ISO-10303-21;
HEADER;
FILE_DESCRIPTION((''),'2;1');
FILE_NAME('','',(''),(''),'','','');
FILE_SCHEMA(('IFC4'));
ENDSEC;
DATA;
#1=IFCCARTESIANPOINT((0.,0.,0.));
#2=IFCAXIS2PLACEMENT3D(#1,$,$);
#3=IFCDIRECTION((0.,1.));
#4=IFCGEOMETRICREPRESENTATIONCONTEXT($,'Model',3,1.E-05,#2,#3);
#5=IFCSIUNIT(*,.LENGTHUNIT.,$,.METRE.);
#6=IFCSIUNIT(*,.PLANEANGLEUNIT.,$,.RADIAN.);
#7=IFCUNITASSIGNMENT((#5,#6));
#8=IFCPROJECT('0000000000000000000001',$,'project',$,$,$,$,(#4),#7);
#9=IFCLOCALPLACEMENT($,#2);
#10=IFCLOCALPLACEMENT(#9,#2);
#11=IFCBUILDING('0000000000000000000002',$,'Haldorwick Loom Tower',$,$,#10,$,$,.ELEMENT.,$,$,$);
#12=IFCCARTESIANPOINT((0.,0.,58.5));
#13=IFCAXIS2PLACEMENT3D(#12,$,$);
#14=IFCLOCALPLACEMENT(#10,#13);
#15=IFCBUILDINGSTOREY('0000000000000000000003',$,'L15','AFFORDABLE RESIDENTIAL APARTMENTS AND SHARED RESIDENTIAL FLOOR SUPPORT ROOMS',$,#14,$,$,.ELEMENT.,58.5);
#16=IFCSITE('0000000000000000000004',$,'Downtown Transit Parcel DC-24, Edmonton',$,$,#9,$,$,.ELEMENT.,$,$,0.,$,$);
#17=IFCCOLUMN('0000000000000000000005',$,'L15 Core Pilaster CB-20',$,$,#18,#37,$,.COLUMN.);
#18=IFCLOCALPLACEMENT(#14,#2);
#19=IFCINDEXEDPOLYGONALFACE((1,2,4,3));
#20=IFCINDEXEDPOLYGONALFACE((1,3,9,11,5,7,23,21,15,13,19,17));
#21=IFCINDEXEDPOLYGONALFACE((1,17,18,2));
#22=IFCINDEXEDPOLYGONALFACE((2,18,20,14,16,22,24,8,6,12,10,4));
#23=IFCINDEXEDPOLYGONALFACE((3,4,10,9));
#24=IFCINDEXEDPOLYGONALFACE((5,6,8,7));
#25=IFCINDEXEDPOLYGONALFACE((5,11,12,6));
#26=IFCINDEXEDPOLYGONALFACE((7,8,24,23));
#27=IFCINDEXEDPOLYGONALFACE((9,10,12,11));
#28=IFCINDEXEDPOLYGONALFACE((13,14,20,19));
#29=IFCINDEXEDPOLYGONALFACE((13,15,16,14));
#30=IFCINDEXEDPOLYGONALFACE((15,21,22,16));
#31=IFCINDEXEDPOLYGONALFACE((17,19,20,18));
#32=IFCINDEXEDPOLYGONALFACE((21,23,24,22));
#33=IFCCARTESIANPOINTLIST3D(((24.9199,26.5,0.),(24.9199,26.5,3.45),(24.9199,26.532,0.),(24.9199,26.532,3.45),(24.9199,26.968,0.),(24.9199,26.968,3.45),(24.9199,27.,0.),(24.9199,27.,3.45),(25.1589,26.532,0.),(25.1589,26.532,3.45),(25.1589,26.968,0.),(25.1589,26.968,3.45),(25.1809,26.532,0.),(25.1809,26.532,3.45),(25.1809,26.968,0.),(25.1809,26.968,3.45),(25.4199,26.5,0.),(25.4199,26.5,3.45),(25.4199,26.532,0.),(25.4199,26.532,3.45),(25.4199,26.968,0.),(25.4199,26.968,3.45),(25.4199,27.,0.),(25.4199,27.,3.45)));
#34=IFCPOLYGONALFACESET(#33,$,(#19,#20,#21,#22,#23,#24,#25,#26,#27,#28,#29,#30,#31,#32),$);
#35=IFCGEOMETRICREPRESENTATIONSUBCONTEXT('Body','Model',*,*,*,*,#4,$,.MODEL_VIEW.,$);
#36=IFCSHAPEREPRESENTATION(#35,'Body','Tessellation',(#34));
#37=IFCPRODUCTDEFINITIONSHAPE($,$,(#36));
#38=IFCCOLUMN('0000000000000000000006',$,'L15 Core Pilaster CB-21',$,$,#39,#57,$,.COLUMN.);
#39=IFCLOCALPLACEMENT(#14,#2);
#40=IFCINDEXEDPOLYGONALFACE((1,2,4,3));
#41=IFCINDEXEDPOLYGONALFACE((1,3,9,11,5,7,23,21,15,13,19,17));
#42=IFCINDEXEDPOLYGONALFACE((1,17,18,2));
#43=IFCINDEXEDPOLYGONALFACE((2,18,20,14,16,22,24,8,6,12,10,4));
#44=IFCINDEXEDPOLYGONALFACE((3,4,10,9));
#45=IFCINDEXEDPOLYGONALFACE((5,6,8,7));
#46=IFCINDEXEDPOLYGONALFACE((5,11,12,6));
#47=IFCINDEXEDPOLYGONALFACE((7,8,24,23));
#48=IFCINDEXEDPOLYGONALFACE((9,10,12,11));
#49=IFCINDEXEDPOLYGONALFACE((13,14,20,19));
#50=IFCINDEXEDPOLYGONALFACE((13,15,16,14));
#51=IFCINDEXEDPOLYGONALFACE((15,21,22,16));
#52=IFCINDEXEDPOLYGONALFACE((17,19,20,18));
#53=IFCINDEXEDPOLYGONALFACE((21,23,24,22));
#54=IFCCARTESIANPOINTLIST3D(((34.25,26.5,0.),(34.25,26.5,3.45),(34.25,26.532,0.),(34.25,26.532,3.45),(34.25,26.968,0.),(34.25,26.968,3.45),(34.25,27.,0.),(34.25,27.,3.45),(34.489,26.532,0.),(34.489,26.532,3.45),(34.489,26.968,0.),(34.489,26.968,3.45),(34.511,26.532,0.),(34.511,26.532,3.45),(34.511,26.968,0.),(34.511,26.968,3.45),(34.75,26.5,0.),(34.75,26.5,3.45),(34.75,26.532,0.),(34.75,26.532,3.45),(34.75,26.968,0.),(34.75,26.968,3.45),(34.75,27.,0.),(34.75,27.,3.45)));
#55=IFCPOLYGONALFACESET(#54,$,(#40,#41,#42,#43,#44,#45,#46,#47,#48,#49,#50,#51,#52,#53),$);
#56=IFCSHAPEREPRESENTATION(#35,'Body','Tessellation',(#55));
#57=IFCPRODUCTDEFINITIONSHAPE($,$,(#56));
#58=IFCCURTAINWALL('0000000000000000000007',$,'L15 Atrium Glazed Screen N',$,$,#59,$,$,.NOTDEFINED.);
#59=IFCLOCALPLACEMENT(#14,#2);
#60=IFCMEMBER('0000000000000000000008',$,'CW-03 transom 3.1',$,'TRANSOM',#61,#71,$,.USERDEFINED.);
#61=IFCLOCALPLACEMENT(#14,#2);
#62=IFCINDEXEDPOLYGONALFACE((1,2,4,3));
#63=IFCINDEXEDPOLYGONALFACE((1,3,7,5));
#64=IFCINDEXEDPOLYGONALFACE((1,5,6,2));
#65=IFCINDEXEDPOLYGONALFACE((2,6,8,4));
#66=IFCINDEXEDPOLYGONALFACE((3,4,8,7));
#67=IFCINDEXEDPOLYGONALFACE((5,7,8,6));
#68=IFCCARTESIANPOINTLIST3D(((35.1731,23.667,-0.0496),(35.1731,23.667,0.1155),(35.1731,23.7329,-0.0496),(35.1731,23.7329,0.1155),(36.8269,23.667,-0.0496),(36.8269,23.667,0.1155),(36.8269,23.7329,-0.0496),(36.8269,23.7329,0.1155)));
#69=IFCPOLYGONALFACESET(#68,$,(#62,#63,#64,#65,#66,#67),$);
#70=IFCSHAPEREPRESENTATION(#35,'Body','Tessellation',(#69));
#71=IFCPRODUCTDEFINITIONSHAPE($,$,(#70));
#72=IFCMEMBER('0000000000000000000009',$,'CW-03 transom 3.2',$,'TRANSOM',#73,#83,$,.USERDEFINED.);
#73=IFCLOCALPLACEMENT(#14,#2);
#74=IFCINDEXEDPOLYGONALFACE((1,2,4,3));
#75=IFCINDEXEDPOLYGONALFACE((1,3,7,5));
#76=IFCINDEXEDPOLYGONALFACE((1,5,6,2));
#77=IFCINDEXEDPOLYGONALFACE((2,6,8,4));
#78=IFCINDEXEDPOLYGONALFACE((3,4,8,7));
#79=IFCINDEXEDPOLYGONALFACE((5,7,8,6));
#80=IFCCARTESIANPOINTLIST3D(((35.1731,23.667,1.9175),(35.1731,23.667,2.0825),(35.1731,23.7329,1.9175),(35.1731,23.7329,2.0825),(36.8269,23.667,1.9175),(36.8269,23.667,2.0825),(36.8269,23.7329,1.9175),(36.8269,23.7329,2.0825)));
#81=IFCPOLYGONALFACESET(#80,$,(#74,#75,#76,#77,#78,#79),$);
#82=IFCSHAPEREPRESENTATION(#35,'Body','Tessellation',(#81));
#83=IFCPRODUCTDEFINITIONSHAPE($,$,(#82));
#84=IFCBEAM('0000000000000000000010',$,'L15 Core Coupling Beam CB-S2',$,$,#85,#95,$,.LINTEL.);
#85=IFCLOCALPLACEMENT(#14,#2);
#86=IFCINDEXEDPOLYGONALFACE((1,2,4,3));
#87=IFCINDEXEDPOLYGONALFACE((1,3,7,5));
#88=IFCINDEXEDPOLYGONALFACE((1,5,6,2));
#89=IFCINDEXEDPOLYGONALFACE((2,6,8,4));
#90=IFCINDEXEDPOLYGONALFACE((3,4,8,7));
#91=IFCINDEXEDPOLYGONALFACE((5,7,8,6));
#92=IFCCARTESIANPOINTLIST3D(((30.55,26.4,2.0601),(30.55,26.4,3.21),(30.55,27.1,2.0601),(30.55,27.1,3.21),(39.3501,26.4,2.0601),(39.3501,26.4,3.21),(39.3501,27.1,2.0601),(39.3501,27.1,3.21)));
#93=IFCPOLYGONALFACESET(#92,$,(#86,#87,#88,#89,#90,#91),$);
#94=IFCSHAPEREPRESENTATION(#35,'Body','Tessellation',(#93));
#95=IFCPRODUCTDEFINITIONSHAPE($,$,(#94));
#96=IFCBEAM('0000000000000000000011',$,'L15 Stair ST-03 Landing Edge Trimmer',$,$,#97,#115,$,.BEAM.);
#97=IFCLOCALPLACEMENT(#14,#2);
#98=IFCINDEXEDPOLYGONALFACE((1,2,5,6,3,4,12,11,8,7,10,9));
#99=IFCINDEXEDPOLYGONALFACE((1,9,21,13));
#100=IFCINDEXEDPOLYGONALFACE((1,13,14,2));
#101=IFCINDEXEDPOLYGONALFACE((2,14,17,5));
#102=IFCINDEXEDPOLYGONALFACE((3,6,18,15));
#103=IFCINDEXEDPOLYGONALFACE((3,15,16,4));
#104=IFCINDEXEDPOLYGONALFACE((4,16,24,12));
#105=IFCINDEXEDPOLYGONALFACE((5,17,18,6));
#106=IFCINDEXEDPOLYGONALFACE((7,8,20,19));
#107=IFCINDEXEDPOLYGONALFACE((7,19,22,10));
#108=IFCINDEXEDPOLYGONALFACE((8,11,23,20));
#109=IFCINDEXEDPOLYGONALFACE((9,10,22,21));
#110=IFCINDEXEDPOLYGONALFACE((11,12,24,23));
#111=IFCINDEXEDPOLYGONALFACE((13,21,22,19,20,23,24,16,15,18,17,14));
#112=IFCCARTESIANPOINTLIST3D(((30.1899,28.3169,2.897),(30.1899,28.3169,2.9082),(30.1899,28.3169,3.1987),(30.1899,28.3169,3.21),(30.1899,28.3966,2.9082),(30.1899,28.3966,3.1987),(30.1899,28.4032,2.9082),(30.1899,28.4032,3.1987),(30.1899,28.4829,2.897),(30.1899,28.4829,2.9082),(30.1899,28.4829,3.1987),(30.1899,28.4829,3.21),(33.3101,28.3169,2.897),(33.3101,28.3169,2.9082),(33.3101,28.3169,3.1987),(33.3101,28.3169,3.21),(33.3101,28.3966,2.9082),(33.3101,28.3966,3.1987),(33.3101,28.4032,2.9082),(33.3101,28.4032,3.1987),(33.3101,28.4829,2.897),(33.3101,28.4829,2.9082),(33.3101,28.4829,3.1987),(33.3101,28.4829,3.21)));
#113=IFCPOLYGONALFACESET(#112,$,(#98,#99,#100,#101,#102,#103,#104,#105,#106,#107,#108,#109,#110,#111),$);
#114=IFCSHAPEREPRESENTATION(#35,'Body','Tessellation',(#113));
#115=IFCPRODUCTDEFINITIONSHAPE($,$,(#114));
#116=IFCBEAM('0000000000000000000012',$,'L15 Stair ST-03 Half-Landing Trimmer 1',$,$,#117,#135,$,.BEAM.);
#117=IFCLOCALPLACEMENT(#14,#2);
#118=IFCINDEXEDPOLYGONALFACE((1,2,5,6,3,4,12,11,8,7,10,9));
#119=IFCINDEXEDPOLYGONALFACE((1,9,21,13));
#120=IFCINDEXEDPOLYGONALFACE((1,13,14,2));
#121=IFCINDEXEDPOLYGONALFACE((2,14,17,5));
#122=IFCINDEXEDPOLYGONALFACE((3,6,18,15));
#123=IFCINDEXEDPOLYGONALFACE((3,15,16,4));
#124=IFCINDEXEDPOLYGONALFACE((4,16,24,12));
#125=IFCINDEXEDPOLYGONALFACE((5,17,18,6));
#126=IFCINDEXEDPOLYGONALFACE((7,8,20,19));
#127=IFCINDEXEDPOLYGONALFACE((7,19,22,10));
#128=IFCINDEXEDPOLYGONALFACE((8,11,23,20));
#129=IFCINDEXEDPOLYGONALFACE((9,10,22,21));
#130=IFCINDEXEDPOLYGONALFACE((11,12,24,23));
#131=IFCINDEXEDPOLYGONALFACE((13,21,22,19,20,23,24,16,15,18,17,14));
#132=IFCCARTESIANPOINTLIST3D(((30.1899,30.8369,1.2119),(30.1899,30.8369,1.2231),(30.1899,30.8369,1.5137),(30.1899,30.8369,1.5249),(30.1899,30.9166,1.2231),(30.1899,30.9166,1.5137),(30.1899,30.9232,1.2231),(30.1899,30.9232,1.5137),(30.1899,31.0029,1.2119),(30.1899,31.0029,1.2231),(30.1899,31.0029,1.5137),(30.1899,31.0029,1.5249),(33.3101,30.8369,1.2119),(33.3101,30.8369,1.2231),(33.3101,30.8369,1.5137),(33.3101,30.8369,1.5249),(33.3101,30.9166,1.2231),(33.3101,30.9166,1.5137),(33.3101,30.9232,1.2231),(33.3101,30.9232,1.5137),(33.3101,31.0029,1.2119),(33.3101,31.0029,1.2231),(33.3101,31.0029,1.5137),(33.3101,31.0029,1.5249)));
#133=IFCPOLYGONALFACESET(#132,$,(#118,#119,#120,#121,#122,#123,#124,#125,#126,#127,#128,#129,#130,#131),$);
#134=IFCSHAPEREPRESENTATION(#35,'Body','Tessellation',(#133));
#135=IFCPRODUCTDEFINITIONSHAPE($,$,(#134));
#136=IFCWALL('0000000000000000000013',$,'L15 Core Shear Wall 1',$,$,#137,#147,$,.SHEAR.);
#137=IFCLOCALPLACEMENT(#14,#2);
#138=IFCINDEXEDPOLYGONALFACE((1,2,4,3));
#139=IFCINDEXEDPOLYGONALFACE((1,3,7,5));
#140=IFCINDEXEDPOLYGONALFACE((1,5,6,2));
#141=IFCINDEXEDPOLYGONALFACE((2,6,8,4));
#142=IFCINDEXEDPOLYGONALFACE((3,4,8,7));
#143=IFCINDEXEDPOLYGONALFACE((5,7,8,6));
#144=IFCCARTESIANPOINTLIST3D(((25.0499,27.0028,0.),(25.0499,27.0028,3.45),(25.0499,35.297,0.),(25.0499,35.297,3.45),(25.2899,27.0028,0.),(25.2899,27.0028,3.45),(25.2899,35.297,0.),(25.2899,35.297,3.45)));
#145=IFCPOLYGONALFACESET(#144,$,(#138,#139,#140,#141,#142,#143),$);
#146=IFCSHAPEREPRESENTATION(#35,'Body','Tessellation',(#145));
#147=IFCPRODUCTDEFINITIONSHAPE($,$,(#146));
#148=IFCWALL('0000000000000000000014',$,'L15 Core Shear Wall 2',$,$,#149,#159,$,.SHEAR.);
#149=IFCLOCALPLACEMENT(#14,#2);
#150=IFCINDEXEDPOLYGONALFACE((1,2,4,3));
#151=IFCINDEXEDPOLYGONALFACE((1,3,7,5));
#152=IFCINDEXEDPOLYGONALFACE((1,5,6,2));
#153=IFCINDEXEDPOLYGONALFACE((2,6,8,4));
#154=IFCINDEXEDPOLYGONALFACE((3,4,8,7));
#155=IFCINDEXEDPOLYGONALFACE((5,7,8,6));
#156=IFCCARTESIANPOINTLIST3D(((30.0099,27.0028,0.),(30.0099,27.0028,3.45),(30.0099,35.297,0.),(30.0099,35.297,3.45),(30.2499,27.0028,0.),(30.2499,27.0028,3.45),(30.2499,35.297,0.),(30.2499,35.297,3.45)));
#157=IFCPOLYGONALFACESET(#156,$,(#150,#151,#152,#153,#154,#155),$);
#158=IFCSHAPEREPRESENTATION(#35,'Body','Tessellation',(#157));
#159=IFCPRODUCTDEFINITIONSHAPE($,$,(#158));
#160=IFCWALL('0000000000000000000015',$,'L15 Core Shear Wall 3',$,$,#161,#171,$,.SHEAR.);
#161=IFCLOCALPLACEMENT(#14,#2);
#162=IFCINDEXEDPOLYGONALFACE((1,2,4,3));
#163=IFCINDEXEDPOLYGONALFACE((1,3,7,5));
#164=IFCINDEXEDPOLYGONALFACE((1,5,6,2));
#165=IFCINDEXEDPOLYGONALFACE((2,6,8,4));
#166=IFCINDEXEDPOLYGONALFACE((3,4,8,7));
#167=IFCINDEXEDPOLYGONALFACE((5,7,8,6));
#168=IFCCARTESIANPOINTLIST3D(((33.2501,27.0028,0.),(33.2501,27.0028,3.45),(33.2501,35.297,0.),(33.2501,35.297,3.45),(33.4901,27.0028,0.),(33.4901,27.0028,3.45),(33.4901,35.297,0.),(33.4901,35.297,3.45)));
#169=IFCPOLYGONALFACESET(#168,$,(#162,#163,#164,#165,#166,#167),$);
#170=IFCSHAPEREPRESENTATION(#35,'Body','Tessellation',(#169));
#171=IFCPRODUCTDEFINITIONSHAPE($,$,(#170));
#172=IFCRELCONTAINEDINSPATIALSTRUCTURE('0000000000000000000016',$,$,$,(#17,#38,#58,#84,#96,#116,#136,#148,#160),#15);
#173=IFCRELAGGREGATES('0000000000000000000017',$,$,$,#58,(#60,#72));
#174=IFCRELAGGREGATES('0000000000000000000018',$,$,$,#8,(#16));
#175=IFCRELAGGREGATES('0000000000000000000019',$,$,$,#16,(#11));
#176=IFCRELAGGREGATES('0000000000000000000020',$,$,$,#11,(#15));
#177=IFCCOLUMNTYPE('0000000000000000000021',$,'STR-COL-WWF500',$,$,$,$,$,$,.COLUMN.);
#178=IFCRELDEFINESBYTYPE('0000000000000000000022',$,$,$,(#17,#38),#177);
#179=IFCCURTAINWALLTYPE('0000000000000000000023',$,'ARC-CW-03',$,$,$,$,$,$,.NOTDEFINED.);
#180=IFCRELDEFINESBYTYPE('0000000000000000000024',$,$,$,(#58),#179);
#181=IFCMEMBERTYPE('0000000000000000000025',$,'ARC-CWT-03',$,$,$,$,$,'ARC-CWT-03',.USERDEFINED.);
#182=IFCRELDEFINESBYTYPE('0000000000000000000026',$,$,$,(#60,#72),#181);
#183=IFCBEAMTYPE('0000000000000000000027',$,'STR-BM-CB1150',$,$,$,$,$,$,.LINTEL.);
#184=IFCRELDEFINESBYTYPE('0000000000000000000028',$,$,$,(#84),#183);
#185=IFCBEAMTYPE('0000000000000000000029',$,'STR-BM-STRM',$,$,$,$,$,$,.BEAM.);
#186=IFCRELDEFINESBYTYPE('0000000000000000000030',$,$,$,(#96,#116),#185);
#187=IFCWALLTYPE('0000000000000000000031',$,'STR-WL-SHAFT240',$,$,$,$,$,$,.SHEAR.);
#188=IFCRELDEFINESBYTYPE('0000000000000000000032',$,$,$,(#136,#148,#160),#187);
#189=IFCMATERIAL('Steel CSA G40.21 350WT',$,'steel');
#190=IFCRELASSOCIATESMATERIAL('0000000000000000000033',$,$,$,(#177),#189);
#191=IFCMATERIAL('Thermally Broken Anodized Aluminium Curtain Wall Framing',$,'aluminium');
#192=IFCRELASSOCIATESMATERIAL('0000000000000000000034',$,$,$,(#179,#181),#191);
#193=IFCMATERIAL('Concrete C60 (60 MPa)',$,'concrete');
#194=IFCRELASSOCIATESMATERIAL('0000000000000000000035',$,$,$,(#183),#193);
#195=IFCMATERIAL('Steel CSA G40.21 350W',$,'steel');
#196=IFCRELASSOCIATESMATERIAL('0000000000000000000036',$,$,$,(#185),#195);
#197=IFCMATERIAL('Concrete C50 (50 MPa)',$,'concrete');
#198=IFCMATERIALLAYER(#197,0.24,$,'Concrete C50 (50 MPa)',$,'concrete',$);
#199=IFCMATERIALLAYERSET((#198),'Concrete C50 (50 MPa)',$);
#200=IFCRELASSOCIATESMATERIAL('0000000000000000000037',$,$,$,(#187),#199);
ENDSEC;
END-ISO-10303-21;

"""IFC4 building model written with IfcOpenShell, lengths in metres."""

from ifc_helpers import new_model, si_unit, direction, frame, frame_2d, origin, origin_2d, place, context, subcontext, project, spatial, rectangle, i_section, extrude, material, layer, layer_set, material_profile, profile_set, type_object, element, aggregate, save


model = new_model("IFC4")

# Units and contexts
model_context = context("Model", 3, precision=1e-05, world=origin(), true_north=direction((0.0, 1.0)))
body_context = subcontext(model_context, "Body", "Model", "MODEL_VIEW")
ifc_project = project(units=[si_unit("LENGTHUNIT", "METRE"), si_unit("PLANEANGLEUNIT", "RADIAN")], contexts=[model_context])

# Site, building, storey
site_placement = place(None, origin())
site = spatial("IfcSite", under=ifc_project, at=site_placement, Name="Downtown Transit Parcel DC-24, Edmonton", CompositionType="ELEMENT", RefElevation=0.0)
building_placement = place(site_placement, origin())
building = spatial("IfcBuilding", under=site, at=building_placement, Name="Haldorwick Loom Tower", CompositionType="ELEMENT")
storey_placement = place(building_placement, frame((0.0, 0.0, 58.5)))
storey = spatial("IfcBuildingStorey", under=building, at=storey_placement, Name="L15", Description="AFFORDABLE RESIDENTIAL APARTMENTS AND SHARED RESIDENTIAL FLOOR SUPPORT ROOMS", CompositionType="ELEMENT", Elevation=58.5)

# Columns
ifc_material_1 = material(Name="Steel CSA G40.21 350WT", Category="steel")
ifc_material_profile_1 = material_profile(ifc_material_1, i_section(OverallWidth=0.5, OverallDepth=0.5, WebThickness=0.022, FlangeThickness=0.032, at=origin_2d()), Name="WWF500X500", Category="steel")
ifc_profile_set_1 = profile_set([ifc_material_profile_1], Name="Steel CSA G40.21 350WT")
column_type = type_object("IfcColumnType", Name="STR-COL-WWF500", PredefinedType="COLUMN", material=ifc_profile_set_1)
for number, where, z_axis, x_axis, name in (
    (1, (25.1699, 26.75, 0.0), (0.0, 0.0, 1.0), (1.0, 0.0, 0.0), "L15 Core Pilaster CB-20"),
    (2, (34.5, 26.75, 0.0), (0.0, 0.0, 1.0), (1.0, 0.0, 0.0), "L15 Core Pilaster CB-21"),
):
    element("IfcColumn", number, at=place(storey_placement, frame(where, z_axis=z_axis, x_axis=x_axis)), inside=storey, type_object=column_type, Name=name, PredefinedType="COLUMN", context=body_context, shape_type="SweptSolid", body=[
        extrude(i_section(OverallWidth=0.5, OverallDepth=0.5, WebThickness=0.022, FlangeThickness=0.032, at=origin_2d()), origin(), (0.0, 0.0, 1.0), 3.45),
    ])

# Curtain wall, members
ifc_material_2 = material(Name="Thermally Broken Anodized Aluminium Curtain Wall Framing", Category="aluminium")
curtain_wall_type = type_object("IfcCurtainWallType", Name="ARC-CW-03", PredefinedType="NOTDEFINED", material=ifc_material_2)
curtain_wall_placement = place(storey_placement, origin())
curtain_wall = element("IfcCurtainWall", 3, at=curtain_wall_placement, inside=storey, type_object=curtain_wall_type, Name="L15 Atrium Glazed Screen N", PredefinedType="NOTDEFINED")
ifc_material_profile_2 = material_profile(ifc_material_2, rectangle(XDim=0.0659, YDim=0.165, at=origin_2d()), Name="ALU_TRN_66X165", Category="aluminium")
ifc_profile_set_2 = profile_set([ifc_material_profile_2], Name="Thermally Broken Anodized Aluminium Curtain Wall Framing")
member_type = type_object("IfcMemberType", Name="ARC-CWT-03", ElementType="ARC-CWT-03", PredefinedType="USERDEFINED", material=ifc_profile_set_2)
member_1_placement = place(storey_placement, frame((35.1731, 23.7, 0.033), z_axis=(1.0, 0.0, 0.0), x_axis=(0.0, 1.0, 0.0)))
member_1 = element("IfcMember", 4, at=member_1_placement, type_object=member_type, Name="CW-03 transom 3.1", ObjectType="TRANSOM", PredefinedType="USERDEFINED", context=body_context, shape_type="SweptSolid", body=[
    extrude(rectangle(XDim=0.0659, YDim=0.165, at=origin_2d()), origin(), (0.0, 0.0, 1.0), 1.6538),
])
member_2_placement = place(storey_placement, frame((35.1731, 23.7, 2.0), z_axis=(1.0, 0.0, 0.0), x_axis=(0.0, 1.0, 0.0)))
member_2 = element("IfcMember", 5, at=member_2_placement, type_object=member_type, Name="CW-03 transom 3.2", ObjectType="TRANSOM", PredefinedType="USERDEFINED", context=body_context, shape_type="SweptSolid", body=[
    extrude(rectangle(XDim=0.0659, YDim=0.165, at=origin_2d()), origin(), (0.0, 0.0, 1.0), 1.6538),
])
aggregate(curtain_wall, [member_1, member_2])

# Beams
ifc_material_3 = material(Name="Concrete C60 (60 MPa)", Category="concrete")
ifc_material_profile_3 = material_profile(ifc_material_3, rectangle(XDim=0.7, YDim=1.1499, at=origin_2d()), Name="RC700X1150", Category="concrete")
ifc_profile_set_3 = profile_set([ifc_material_profile_3], Name="Concrete C60 (60 MPa)")
beam_type_1 = type_object("IfcBeamType", Name="STR-BM-CB1150", PredefinedType="LINTEL", material=ifc_profile_set_3)
beam_placement = place(storey_placement, frame((30.55, 26.75, 2.635), z_axis=(1.0, 0.0, 0.0), x_axis=(0.0, 1.0, 0.0)))
element("IfcBeam", 6, at=beam_placement, inside=storey, type_object=beam_type_1, Name="L15 Core Coupling Beam CB-S2", PredefinedType="LINTEL", context=body_context, shape_type="SweptSolid", body=[
    extrude(rectangle(XDim=0.7, YDim=1.1499, at=origin_2d()), origin(), (0.0, 0.0, 1.0), 8.8),
])
ifc_material_4 = material(Name="Steel CSA G40.21 350W", Category="steel")
ifc_material_profile_4 = material_profile(ifc_material_4, i_section(OverallWidth=0.166, OverallDepth=0.313, WebThickness=0.0066, FlangeThickness=0.0112, at=origin_2d()), Name="W310X45", Category="steel")
ifc_profile_set_4 = profile_set([ifc_material_profile_4], Name="Steel CSA G40.21 350W")
beam_type_2 = type_object("IfcBeamType", Name="STR-BM-STRM", PredefinedType="BEAM", material=ifc_profile_set_4)
for number, where, z_axis, x_axis, name in (
    (7, (30.1899, 28.3999, 3.0535), (1.0, 0.0, 0.0), (0.0, 1.0, 0.0), "L15 Stair ST-03 Landing Edge Trimmer"),
    (8, (30.1899, 30.9199, 1.3684), (1.0, 0.0, 0.0), (0.0, 1.0, 0.0), "L15 Stair ST-03 Half-Landing Trimmer 1"),
):
    element("IfcBeam", number, at=place(storey_placement, frame(where, z_axis=z_axis, x_axis=x_axis)), inside=storey, type_object=beam_type_2, Name=name, PredefinedType="BEAM", context=body_context, shape_type="SweptSolid", body=[
        extrude(i_section(OverallWidth=0.166, OverallDepth=0.313, WebThickness=0.0066, FlangeThickness=0.0112, at=origin_2d()), origin(), (0.0, 0.0, 1.0), 3.1201),
    ])

# Walls
ifc_material_5 = material(Name="Concrete C50 (50 MPa)", Category="concrete")
ifc_layer = layer(ifc_material_5, 0.24, Name="Concrete C50 (50 MPa)", Category="concrete")
ifc_layer_set = layer_set([ifc_layer], Name="Concrete C50 (50 MPa)")
wall_type = type_object("IfcWallType", Name="STR-WL-SHAFT240", PredefinedType="SHEAR", material=ifc_layer_set)
for number, where, z_axis, x_axis, name in (
    (9, (25.1699, 27.0029, 0.0), (0.0, 0.0, 1.0), (0.0, 1.0, 0.0), "L15 Core Shear Wall 1"),
    (10, (30.1299, 27.0029, 0.0), (0.0, 0.0, 1.0), (0.0, 1.0, 0.0), "L15 Core Shear Wall 2"),
    (11, (33.3701, 27.0029, 0.0), (0.0, 0.0, 1.0), (0.0, 1.0, 0.0), "L15 Core Shear Wall 3"),
):
    element("IfcWall", number, at=place(storey_placement, frame(where, z_axis=z_axis, x_axis=x_axis)), inside=storey, type_object=wall_type, Name=name, PredefinedType="SHEAR", context=body_context, shape_type="SweptSolid", body=[
        extrude(rectangle(XDim=8.2942, YDim=0.24, at=frame_2d((4.147, 0.0))), origin(), (0.0, 0.0, 1.0), 3.45),
    ])

save(model, "model.ifc")
